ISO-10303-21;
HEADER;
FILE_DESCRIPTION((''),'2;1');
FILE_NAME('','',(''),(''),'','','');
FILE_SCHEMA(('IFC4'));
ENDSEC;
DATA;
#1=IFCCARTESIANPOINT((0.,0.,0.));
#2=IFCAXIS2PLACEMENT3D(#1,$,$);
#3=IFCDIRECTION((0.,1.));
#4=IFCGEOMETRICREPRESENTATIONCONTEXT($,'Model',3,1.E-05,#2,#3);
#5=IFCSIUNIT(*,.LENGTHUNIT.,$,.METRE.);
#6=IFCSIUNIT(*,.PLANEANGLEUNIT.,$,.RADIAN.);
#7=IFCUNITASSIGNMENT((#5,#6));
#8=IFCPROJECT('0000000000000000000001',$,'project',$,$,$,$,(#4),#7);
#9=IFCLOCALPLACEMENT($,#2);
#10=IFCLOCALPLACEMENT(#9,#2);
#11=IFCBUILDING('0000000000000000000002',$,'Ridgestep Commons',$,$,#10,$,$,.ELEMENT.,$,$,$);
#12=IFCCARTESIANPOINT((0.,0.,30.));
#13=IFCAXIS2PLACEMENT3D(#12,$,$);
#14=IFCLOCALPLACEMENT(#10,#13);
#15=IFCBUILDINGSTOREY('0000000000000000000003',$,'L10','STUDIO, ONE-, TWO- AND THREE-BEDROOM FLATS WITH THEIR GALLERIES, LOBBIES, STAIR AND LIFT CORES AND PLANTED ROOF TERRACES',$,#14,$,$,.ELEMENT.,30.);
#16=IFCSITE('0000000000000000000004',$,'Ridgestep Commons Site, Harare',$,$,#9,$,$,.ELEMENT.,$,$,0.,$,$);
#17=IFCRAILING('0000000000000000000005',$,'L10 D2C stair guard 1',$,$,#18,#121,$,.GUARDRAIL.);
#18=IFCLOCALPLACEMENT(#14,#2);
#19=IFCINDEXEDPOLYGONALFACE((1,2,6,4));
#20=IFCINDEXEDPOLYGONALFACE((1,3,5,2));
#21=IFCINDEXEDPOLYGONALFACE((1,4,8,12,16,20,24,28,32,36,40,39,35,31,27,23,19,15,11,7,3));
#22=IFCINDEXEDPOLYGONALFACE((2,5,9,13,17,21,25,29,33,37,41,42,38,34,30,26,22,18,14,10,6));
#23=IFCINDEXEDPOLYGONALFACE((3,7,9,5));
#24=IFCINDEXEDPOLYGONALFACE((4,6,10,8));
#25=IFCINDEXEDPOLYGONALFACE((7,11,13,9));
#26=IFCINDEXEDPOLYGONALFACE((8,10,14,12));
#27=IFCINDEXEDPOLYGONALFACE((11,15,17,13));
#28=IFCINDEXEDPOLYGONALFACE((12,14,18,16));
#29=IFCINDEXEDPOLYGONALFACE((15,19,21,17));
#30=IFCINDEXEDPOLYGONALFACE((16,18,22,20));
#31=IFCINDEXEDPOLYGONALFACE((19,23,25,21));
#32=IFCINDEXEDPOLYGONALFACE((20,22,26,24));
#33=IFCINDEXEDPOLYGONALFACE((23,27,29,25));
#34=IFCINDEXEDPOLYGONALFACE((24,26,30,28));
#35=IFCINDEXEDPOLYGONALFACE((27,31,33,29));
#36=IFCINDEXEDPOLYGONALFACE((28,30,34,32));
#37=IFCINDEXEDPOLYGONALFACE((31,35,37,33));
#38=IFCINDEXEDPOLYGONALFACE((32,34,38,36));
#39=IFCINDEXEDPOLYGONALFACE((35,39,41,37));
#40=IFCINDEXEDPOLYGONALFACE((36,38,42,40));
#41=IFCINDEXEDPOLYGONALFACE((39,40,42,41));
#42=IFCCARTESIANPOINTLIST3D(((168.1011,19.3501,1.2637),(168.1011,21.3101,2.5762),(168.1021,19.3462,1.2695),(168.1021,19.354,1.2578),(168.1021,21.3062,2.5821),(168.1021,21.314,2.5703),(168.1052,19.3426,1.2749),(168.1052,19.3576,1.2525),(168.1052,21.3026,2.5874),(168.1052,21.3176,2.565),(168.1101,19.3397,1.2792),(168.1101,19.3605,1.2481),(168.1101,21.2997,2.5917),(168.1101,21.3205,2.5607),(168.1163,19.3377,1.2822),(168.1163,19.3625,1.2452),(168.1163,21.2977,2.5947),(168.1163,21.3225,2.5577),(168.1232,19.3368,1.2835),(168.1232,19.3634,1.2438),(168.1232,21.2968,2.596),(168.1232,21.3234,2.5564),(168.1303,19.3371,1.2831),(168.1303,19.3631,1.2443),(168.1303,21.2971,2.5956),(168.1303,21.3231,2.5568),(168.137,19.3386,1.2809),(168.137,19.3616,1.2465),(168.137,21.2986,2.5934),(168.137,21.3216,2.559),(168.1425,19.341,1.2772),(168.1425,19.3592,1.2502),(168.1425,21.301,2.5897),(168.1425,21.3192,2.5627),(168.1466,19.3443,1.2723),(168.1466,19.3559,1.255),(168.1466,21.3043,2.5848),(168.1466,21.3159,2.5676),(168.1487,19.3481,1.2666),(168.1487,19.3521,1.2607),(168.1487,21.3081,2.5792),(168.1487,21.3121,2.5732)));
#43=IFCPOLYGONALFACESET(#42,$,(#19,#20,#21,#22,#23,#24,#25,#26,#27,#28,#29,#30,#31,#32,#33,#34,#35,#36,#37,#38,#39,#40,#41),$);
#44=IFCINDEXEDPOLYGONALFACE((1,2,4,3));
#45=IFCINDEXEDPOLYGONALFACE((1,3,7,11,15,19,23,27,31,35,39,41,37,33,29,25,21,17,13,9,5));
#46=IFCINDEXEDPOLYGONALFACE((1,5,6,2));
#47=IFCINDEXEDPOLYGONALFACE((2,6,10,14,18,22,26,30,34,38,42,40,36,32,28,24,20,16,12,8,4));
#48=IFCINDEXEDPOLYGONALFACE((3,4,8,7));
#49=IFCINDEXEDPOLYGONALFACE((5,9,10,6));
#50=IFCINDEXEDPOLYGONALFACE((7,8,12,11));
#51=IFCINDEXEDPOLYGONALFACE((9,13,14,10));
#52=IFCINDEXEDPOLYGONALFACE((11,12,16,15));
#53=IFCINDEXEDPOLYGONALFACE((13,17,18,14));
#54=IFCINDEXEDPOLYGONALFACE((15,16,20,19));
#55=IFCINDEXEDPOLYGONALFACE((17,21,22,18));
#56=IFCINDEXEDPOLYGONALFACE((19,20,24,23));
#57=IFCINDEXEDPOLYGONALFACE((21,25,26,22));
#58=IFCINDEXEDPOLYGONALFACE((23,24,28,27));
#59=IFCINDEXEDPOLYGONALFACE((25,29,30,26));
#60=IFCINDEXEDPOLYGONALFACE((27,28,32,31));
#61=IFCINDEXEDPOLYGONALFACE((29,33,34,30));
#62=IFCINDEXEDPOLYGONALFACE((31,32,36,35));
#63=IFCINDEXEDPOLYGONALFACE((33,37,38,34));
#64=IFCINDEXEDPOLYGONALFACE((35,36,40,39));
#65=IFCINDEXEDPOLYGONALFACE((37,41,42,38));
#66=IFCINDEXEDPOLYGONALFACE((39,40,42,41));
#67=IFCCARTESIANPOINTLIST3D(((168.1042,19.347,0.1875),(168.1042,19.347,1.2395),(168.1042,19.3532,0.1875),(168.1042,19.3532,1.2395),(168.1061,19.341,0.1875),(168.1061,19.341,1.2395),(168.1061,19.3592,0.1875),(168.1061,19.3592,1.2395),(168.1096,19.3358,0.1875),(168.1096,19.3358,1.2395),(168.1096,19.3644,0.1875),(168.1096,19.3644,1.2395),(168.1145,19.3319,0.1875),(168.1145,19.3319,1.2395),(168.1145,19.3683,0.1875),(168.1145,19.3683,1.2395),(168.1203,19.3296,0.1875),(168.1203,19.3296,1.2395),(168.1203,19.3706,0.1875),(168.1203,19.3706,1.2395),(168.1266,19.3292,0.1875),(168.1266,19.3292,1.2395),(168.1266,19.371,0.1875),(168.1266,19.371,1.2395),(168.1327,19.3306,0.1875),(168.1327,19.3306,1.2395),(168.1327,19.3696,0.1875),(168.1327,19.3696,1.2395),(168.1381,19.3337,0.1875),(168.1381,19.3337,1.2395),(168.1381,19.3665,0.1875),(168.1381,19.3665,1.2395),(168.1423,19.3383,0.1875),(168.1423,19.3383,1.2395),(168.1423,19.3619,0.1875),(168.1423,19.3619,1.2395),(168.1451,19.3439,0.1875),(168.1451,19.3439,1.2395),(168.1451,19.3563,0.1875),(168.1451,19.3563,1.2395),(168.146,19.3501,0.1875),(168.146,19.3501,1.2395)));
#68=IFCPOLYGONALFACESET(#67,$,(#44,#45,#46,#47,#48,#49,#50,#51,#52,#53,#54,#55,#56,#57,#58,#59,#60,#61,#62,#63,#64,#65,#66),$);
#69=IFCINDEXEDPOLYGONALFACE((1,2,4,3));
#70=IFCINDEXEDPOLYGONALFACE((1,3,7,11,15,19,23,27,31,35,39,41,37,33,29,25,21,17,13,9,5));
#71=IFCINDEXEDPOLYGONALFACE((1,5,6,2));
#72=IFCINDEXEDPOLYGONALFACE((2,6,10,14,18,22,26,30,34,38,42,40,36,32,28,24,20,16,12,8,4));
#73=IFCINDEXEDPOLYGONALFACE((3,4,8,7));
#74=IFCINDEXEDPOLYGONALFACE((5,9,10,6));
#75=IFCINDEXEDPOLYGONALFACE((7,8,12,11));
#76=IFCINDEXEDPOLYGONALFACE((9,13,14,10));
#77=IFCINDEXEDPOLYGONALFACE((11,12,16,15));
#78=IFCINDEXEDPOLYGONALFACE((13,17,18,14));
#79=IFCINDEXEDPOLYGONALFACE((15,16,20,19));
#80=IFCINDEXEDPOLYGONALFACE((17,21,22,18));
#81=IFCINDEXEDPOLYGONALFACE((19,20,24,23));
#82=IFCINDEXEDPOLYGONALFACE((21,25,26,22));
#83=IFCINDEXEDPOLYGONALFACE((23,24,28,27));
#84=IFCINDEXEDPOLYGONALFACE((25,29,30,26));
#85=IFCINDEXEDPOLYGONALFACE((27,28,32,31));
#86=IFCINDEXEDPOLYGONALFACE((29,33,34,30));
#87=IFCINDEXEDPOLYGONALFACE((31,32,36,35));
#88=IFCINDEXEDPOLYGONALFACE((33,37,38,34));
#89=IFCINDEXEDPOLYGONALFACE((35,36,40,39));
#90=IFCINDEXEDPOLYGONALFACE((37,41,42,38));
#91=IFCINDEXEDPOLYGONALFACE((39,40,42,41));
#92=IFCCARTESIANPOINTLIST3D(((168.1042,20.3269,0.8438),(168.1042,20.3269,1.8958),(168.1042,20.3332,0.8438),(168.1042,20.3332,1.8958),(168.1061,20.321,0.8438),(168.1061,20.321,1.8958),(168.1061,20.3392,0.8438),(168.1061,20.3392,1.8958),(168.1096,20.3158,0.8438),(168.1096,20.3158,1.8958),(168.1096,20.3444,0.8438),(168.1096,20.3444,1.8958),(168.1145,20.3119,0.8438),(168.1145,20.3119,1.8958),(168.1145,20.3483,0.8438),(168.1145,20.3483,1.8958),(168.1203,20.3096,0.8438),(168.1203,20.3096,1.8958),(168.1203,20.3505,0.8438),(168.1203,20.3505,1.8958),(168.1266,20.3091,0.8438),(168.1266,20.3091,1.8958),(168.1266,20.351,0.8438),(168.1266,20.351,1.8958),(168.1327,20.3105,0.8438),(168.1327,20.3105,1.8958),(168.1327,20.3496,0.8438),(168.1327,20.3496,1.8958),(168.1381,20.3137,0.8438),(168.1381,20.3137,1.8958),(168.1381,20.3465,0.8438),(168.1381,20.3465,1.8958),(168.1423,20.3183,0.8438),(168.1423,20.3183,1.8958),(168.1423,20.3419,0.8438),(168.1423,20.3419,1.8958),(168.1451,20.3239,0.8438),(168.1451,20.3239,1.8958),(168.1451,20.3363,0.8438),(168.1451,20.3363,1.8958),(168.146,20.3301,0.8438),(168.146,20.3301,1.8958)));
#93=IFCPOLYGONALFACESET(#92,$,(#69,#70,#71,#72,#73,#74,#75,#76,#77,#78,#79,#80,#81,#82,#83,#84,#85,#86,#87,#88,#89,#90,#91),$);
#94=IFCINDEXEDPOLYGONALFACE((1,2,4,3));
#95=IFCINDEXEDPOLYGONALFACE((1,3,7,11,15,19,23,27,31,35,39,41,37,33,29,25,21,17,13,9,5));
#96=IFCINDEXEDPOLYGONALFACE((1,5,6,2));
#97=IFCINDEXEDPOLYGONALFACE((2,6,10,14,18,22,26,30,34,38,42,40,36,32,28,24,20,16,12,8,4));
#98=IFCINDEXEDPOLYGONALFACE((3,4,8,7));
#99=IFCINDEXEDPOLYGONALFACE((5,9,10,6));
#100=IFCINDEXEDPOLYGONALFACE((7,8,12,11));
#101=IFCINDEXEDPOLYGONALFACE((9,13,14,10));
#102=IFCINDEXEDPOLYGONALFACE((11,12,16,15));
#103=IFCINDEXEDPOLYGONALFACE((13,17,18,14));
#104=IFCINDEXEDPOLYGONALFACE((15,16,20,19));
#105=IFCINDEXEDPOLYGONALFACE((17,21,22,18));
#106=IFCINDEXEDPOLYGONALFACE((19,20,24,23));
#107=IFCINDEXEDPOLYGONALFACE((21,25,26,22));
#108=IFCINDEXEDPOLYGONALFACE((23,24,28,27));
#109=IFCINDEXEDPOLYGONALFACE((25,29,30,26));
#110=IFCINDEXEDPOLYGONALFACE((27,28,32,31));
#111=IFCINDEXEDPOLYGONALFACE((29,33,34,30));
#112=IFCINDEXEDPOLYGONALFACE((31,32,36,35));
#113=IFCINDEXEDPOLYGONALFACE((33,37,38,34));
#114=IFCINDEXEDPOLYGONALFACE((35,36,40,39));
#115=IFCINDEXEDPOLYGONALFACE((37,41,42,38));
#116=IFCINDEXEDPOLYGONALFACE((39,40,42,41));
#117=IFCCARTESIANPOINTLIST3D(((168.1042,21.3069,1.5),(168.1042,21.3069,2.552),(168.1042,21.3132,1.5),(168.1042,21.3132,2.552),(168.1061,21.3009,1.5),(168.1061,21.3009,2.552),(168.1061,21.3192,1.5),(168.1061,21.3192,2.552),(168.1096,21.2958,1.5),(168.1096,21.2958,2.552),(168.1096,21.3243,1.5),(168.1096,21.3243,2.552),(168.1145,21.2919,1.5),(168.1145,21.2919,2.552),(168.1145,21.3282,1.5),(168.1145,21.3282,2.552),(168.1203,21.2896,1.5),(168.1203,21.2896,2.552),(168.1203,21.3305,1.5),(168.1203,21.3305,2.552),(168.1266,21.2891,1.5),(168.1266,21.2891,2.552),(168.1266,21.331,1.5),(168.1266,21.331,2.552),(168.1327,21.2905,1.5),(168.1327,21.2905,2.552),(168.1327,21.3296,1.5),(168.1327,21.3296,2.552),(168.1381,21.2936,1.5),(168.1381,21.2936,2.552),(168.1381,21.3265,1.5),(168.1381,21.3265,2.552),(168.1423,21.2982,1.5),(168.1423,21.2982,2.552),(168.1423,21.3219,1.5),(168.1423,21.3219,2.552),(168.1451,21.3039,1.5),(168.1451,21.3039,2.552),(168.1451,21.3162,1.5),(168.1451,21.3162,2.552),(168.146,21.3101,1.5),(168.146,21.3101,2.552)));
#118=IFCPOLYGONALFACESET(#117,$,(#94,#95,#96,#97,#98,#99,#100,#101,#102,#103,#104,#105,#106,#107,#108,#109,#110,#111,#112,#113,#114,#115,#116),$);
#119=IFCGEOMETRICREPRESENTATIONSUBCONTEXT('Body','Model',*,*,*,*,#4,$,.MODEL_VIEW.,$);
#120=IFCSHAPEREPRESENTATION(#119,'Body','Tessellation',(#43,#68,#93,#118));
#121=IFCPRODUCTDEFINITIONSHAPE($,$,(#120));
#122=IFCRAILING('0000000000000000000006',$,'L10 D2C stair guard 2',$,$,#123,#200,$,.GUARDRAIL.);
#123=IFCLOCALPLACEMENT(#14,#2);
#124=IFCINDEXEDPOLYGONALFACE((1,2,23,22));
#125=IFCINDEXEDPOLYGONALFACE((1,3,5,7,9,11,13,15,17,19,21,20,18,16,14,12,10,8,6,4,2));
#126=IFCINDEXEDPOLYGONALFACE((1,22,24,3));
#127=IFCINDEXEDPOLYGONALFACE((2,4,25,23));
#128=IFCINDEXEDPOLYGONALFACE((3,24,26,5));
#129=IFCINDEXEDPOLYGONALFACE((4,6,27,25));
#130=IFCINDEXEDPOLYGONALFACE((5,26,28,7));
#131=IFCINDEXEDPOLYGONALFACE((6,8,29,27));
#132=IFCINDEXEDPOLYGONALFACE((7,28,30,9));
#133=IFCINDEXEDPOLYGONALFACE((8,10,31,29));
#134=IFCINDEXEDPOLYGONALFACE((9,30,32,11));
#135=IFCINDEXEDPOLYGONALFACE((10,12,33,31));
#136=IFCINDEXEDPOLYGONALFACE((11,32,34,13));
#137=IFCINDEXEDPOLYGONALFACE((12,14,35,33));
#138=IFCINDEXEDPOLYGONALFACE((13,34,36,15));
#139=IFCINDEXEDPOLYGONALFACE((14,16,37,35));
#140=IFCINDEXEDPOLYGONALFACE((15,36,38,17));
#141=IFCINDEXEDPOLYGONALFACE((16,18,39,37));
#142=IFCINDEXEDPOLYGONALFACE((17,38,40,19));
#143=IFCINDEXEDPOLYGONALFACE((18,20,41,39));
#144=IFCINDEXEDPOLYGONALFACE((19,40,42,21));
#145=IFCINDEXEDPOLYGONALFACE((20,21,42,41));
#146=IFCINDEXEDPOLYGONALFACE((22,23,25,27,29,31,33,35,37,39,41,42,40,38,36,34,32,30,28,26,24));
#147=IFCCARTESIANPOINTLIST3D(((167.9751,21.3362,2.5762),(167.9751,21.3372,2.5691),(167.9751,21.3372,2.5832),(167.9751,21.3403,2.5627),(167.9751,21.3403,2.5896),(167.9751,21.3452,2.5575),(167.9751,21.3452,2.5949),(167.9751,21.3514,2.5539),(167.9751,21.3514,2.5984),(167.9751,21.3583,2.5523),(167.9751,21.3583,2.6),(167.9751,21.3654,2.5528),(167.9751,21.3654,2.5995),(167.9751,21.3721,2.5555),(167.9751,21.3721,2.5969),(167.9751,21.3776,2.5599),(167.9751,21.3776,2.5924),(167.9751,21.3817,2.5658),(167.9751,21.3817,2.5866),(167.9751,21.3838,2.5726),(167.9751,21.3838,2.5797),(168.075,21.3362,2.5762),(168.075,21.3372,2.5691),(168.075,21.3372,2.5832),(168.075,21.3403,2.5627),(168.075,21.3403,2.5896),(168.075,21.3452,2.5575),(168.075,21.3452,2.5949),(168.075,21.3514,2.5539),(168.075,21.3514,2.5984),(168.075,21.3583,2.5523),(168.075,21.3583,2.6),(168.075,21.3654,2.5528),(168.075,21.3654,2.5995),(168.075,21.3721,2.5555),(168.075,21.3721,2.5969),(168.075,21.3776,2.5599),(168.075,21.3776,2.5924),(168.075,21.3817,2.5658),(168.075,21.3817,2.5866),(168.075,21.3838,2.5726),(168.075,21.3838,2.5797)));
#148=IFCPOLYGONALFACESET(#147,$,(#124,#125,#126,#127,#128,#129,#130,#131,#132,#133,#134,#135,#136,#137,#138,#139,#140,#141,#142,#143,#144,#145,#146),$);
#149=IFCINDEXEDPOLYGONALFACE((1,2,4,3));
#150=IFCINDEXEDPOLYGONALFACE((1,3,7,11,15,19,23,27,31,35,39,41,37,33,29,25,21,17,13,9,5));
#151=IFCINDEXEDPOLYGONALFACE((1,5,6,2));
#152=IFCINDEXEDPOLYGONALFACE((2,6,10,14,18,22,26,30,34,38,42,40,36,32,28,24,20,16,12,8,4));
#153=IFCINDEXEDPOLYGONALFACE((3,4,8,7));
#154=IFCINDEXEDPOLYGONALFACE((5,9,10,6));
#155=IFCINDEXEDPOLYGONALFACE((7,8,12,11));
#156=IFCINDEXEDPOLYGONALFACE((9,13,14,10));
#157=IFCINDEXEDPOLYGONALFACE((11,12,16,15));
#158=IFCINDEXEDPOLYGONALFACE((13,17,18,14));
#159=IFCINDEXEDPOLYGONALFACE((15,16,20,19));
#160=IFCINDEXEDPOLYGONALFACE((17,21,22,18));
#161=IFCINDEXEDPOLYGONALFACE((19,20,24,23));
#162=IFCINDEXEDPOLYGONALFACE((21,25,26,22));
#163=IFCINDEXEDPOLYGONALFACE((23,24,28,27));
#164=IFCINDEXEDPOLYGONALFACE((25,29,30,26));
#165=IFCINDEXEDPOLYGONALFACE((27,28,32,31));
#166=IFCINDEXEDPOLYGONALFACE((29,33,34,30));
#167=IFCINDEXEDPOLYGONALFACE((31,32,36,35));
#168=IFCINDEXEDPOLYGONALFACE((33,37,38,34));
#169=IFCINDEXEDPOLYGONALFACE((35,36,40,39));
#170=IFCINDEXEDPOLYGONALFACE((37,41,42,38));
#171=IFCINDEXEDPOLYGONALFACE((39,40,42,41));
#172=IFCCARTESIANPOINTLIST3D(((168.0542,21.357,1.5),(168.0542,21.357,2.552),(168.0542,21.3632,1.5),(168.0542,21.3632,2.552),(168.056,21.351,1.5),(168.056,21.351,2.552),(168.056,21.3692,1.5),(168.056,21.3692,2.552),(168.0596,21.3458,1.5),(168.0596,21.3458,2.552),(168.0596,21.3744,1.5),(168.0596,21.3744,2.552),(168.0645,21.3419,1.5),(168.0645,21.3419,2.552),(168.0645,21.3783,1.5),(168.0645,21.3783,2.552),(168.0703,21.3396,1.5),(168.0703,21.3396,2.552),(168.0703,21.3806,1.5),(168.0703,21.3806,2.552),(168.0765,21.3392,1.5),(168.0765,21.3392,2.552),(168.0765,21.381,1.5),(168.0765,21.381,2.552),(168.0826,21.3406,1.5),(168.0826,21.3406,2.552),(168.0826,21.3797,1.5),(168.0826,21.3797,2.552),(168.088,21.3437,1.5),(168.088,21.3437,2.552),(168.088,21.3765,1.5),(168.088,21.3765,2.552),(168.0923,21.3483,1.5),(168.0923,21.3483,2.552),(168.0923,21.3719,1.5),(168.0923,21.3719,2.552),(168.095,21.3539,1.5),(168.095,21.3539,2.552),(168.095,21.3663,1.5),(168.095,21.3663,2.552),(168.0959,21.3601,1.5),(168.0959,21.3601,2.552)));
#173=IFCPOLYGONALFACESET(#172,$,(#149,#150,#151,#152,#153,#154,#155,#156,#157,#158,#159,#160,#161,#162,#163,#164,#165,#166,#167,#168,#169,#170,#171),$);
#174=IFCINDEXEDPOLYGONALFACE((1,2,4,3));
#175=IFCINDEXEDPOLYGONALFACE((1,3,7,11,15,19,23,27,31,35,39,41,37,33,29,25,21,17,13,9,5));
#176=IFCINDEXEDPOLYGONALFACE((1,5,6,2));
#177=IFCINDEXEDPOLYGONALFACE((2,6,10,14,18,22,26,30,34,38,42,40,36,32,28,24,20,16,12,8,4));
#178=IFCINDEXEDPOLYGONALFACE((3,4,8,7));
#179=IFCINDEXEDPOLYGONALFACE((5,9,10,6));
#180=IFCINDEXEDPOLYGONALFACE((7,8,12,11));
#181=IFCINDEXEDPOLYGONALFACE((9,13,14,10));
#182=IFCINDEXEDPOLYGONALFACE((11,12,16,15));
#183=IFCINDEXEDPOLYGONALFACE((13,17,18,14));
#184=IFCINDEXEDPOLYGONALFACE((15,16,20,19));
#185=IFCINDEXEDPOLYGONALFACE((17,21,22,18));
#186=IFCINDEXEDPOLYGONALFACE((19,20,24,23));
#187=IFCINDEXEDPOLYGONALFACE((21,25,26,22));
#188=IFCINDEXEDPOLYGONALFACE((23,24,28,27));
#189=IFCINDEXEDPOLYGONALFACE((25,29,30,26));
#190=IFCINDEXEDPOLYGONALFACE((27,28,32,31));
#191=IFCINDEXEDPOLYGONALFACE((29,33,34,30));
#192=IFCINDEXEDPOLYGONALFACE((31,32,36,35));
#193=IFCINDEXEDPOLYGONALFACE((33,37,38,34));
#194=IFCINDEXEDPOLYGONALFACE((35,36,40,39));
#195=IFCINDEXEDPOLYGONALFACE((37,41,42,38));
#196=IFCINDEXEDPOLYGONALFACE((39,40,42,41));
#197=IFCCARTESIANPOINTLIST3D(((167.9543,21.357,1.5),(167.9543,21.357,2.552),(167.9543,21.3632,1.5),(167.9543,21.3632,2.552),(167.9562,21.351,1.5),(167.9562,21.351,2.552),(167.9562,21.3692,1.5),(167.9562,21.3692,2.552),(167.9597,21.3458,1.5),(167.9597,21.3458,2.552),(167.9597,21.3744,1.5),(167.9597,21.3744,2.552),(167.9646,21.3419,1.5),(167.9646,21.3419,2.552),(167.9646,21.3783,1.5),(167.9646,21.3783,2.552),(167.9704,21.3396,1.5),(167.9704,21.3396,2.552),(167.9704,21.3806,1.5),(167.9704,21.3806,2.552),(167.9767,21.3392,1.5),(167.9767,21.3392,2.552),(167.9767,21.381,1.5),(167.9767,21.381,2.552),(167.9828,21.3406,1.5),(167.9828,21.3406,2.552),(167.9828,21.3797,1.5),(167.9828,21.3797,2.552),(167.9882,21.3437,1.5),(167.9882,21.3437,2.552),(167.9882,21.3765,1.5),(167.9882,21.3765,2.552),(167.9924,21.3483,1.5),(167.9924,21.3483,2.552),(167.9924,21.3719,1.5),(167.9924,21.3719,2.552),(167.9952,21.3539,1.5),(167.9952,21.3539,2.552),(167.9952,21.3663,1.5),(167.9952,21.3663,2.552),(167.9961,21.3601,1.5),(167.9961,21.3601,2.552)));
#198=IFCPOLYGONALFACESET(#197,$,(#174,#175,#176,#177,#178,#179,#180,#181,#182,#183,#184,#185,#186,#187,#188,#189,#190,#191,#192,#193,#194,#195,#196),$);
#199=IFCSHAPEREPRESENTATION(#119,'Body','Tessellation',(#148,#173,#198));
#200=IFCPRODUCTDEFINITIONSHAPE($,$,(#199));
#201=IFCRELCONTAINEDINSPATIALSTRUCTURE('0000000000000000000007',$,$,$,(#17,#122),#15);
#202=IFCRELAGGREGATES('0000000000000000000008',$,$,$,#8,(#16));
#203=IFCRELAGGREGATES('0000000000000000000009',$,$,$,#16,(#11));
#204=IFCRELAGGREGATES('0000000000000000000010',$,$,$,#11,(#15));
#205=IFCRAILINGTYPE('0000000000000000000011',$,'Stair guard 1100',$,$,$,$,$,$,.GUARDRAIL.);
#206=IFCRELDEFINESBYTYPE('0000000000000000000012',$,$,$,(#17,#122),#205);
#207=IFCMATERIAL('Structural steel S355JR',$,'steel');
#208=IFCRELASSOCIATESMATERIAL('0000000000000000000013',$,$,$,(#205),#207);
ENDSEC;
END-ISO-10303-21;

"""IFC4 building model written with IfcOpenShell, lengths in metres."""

from ifc_helpers import new_model, si_unit, direction, frame, origin, origin_2d, place, context, subcontext, project, spatial, circle, extrude, material, type_object, element, save


model = new_model("IFC4")

# Units and contexts
model_context = context("Model", 3, precision=1e-05, world=origin(), true_north=direction((0.0, 1.0)))
body_context = subcontext(model_context, "Body", "Model", "MODEL_VIEW")
ifc_project = project(units=[si_unit("LENGTHUNIT", "METRE"), si_unit("PLANEANGLEUNIT", "RADIAN")], contexts=[model_context])

# Site, building, storey
site_placement = place(None, origin())
site = spatial("IfcSite", under=ifc_project, at=site_placement, Name="Ridgestep Commons Site, Harare", CompositionType="ELEMENT", RefElevation=0.0)
building_placement = place(site_placement, origin())
building = spatial("IfcBuilding", under=site, at=building_placement, Name="Ridgestep Commons", CompositionType="ELEMENT")
storey_placement = place(building_placement, frame((0.0, 0.0, 30.0)))
storey = spatial("IfcBuildingStorey", under=building, at=storey_placement, Name="L10", Description="STUDIO, ONE-, TWO- AND THREE-BEDROOM FLATS WITH THEIR GALLERIES, LOBBIES, STAIR AND LIFT CORES AND PLANTED ROOF TERRACES", CompositionType="ELEMENT", Elevation=30.0)

# Railings
ifc_material_1 = material(Name="Structural steel S355JR", Category="steel")
railing_type_1 = type_object("IfcRailingType", Name="Stair guard 1100", PredefinedType="GUARDRAIL", material=ifc_material_1)
railing_1_placement = place(storey_placement, frame((168.125, 19.3501, 0.1875)))
element("IfcRailing", 1, at=railing_1_placement, inside=storey, type_object=railing_type_1, Name="L10 D2C stair guard 1", PredefinedType="GUARDRAIL", context=body_context, shape_type="SweptSolid", body=[
    extrude(circle(Radius=0.0239, at=origin_2d()), frame((0.0, 0.0, 1.0762), z_axis=(0.0, 0.830902, 0.556419), x_axis=(-1.0, 0.0, 0.0)), (0.0, 0.0, 1.0), 2.3589),
    extrude(circle(Radius=0.021, at=origin_2d()), origin(), (0.0, 0.0, 1.0), 1.052),
    extrude(circle(Radius=0.021, at=origin_2d()), frame((0.0, 0.98, 0.6562)), (0.0, 0.0, 1.0), 1.052),
    extrude(circle(Radius=0.021, at=origin_2d()), frame((0.0, 1.96, 1.3125)), (0.0, 0.0, 1.0), 1.052),
])
railing_2_placement = place(storey_placement, frame((168.075, 21.3601, 1.5)))
element("IfcRailing", 2, at=railing_2_placement, inside=storey, type_object=railing_type_1, Name="L10 D2C stair guard 2", PredefinedType="GUARDRAIL", context=body_context, shape_type="SweptSolid", body=[
    extrude(circle(Radius=0.0239, at=origin_2d()), frame((0.0, 0.0, 1.0762), z_axis=(-1.0, 0.0, 0.0), x_axis=(0.0, -1.0, 0.0)), (0.0, 0.0, 1.0), 0.0999),
    extrude(circle(Radius=0.021, at=origin_2d()), origin(), (0.0, 0.0, 1.0), 1.052),
    extrude(circle(Radius=0.021, at=origin_2d()), frame((-0.0999, 0.0, 0.0)), (0.0, 0.0, 1.0), 1.052),
])

save(model, "model.ifc")
